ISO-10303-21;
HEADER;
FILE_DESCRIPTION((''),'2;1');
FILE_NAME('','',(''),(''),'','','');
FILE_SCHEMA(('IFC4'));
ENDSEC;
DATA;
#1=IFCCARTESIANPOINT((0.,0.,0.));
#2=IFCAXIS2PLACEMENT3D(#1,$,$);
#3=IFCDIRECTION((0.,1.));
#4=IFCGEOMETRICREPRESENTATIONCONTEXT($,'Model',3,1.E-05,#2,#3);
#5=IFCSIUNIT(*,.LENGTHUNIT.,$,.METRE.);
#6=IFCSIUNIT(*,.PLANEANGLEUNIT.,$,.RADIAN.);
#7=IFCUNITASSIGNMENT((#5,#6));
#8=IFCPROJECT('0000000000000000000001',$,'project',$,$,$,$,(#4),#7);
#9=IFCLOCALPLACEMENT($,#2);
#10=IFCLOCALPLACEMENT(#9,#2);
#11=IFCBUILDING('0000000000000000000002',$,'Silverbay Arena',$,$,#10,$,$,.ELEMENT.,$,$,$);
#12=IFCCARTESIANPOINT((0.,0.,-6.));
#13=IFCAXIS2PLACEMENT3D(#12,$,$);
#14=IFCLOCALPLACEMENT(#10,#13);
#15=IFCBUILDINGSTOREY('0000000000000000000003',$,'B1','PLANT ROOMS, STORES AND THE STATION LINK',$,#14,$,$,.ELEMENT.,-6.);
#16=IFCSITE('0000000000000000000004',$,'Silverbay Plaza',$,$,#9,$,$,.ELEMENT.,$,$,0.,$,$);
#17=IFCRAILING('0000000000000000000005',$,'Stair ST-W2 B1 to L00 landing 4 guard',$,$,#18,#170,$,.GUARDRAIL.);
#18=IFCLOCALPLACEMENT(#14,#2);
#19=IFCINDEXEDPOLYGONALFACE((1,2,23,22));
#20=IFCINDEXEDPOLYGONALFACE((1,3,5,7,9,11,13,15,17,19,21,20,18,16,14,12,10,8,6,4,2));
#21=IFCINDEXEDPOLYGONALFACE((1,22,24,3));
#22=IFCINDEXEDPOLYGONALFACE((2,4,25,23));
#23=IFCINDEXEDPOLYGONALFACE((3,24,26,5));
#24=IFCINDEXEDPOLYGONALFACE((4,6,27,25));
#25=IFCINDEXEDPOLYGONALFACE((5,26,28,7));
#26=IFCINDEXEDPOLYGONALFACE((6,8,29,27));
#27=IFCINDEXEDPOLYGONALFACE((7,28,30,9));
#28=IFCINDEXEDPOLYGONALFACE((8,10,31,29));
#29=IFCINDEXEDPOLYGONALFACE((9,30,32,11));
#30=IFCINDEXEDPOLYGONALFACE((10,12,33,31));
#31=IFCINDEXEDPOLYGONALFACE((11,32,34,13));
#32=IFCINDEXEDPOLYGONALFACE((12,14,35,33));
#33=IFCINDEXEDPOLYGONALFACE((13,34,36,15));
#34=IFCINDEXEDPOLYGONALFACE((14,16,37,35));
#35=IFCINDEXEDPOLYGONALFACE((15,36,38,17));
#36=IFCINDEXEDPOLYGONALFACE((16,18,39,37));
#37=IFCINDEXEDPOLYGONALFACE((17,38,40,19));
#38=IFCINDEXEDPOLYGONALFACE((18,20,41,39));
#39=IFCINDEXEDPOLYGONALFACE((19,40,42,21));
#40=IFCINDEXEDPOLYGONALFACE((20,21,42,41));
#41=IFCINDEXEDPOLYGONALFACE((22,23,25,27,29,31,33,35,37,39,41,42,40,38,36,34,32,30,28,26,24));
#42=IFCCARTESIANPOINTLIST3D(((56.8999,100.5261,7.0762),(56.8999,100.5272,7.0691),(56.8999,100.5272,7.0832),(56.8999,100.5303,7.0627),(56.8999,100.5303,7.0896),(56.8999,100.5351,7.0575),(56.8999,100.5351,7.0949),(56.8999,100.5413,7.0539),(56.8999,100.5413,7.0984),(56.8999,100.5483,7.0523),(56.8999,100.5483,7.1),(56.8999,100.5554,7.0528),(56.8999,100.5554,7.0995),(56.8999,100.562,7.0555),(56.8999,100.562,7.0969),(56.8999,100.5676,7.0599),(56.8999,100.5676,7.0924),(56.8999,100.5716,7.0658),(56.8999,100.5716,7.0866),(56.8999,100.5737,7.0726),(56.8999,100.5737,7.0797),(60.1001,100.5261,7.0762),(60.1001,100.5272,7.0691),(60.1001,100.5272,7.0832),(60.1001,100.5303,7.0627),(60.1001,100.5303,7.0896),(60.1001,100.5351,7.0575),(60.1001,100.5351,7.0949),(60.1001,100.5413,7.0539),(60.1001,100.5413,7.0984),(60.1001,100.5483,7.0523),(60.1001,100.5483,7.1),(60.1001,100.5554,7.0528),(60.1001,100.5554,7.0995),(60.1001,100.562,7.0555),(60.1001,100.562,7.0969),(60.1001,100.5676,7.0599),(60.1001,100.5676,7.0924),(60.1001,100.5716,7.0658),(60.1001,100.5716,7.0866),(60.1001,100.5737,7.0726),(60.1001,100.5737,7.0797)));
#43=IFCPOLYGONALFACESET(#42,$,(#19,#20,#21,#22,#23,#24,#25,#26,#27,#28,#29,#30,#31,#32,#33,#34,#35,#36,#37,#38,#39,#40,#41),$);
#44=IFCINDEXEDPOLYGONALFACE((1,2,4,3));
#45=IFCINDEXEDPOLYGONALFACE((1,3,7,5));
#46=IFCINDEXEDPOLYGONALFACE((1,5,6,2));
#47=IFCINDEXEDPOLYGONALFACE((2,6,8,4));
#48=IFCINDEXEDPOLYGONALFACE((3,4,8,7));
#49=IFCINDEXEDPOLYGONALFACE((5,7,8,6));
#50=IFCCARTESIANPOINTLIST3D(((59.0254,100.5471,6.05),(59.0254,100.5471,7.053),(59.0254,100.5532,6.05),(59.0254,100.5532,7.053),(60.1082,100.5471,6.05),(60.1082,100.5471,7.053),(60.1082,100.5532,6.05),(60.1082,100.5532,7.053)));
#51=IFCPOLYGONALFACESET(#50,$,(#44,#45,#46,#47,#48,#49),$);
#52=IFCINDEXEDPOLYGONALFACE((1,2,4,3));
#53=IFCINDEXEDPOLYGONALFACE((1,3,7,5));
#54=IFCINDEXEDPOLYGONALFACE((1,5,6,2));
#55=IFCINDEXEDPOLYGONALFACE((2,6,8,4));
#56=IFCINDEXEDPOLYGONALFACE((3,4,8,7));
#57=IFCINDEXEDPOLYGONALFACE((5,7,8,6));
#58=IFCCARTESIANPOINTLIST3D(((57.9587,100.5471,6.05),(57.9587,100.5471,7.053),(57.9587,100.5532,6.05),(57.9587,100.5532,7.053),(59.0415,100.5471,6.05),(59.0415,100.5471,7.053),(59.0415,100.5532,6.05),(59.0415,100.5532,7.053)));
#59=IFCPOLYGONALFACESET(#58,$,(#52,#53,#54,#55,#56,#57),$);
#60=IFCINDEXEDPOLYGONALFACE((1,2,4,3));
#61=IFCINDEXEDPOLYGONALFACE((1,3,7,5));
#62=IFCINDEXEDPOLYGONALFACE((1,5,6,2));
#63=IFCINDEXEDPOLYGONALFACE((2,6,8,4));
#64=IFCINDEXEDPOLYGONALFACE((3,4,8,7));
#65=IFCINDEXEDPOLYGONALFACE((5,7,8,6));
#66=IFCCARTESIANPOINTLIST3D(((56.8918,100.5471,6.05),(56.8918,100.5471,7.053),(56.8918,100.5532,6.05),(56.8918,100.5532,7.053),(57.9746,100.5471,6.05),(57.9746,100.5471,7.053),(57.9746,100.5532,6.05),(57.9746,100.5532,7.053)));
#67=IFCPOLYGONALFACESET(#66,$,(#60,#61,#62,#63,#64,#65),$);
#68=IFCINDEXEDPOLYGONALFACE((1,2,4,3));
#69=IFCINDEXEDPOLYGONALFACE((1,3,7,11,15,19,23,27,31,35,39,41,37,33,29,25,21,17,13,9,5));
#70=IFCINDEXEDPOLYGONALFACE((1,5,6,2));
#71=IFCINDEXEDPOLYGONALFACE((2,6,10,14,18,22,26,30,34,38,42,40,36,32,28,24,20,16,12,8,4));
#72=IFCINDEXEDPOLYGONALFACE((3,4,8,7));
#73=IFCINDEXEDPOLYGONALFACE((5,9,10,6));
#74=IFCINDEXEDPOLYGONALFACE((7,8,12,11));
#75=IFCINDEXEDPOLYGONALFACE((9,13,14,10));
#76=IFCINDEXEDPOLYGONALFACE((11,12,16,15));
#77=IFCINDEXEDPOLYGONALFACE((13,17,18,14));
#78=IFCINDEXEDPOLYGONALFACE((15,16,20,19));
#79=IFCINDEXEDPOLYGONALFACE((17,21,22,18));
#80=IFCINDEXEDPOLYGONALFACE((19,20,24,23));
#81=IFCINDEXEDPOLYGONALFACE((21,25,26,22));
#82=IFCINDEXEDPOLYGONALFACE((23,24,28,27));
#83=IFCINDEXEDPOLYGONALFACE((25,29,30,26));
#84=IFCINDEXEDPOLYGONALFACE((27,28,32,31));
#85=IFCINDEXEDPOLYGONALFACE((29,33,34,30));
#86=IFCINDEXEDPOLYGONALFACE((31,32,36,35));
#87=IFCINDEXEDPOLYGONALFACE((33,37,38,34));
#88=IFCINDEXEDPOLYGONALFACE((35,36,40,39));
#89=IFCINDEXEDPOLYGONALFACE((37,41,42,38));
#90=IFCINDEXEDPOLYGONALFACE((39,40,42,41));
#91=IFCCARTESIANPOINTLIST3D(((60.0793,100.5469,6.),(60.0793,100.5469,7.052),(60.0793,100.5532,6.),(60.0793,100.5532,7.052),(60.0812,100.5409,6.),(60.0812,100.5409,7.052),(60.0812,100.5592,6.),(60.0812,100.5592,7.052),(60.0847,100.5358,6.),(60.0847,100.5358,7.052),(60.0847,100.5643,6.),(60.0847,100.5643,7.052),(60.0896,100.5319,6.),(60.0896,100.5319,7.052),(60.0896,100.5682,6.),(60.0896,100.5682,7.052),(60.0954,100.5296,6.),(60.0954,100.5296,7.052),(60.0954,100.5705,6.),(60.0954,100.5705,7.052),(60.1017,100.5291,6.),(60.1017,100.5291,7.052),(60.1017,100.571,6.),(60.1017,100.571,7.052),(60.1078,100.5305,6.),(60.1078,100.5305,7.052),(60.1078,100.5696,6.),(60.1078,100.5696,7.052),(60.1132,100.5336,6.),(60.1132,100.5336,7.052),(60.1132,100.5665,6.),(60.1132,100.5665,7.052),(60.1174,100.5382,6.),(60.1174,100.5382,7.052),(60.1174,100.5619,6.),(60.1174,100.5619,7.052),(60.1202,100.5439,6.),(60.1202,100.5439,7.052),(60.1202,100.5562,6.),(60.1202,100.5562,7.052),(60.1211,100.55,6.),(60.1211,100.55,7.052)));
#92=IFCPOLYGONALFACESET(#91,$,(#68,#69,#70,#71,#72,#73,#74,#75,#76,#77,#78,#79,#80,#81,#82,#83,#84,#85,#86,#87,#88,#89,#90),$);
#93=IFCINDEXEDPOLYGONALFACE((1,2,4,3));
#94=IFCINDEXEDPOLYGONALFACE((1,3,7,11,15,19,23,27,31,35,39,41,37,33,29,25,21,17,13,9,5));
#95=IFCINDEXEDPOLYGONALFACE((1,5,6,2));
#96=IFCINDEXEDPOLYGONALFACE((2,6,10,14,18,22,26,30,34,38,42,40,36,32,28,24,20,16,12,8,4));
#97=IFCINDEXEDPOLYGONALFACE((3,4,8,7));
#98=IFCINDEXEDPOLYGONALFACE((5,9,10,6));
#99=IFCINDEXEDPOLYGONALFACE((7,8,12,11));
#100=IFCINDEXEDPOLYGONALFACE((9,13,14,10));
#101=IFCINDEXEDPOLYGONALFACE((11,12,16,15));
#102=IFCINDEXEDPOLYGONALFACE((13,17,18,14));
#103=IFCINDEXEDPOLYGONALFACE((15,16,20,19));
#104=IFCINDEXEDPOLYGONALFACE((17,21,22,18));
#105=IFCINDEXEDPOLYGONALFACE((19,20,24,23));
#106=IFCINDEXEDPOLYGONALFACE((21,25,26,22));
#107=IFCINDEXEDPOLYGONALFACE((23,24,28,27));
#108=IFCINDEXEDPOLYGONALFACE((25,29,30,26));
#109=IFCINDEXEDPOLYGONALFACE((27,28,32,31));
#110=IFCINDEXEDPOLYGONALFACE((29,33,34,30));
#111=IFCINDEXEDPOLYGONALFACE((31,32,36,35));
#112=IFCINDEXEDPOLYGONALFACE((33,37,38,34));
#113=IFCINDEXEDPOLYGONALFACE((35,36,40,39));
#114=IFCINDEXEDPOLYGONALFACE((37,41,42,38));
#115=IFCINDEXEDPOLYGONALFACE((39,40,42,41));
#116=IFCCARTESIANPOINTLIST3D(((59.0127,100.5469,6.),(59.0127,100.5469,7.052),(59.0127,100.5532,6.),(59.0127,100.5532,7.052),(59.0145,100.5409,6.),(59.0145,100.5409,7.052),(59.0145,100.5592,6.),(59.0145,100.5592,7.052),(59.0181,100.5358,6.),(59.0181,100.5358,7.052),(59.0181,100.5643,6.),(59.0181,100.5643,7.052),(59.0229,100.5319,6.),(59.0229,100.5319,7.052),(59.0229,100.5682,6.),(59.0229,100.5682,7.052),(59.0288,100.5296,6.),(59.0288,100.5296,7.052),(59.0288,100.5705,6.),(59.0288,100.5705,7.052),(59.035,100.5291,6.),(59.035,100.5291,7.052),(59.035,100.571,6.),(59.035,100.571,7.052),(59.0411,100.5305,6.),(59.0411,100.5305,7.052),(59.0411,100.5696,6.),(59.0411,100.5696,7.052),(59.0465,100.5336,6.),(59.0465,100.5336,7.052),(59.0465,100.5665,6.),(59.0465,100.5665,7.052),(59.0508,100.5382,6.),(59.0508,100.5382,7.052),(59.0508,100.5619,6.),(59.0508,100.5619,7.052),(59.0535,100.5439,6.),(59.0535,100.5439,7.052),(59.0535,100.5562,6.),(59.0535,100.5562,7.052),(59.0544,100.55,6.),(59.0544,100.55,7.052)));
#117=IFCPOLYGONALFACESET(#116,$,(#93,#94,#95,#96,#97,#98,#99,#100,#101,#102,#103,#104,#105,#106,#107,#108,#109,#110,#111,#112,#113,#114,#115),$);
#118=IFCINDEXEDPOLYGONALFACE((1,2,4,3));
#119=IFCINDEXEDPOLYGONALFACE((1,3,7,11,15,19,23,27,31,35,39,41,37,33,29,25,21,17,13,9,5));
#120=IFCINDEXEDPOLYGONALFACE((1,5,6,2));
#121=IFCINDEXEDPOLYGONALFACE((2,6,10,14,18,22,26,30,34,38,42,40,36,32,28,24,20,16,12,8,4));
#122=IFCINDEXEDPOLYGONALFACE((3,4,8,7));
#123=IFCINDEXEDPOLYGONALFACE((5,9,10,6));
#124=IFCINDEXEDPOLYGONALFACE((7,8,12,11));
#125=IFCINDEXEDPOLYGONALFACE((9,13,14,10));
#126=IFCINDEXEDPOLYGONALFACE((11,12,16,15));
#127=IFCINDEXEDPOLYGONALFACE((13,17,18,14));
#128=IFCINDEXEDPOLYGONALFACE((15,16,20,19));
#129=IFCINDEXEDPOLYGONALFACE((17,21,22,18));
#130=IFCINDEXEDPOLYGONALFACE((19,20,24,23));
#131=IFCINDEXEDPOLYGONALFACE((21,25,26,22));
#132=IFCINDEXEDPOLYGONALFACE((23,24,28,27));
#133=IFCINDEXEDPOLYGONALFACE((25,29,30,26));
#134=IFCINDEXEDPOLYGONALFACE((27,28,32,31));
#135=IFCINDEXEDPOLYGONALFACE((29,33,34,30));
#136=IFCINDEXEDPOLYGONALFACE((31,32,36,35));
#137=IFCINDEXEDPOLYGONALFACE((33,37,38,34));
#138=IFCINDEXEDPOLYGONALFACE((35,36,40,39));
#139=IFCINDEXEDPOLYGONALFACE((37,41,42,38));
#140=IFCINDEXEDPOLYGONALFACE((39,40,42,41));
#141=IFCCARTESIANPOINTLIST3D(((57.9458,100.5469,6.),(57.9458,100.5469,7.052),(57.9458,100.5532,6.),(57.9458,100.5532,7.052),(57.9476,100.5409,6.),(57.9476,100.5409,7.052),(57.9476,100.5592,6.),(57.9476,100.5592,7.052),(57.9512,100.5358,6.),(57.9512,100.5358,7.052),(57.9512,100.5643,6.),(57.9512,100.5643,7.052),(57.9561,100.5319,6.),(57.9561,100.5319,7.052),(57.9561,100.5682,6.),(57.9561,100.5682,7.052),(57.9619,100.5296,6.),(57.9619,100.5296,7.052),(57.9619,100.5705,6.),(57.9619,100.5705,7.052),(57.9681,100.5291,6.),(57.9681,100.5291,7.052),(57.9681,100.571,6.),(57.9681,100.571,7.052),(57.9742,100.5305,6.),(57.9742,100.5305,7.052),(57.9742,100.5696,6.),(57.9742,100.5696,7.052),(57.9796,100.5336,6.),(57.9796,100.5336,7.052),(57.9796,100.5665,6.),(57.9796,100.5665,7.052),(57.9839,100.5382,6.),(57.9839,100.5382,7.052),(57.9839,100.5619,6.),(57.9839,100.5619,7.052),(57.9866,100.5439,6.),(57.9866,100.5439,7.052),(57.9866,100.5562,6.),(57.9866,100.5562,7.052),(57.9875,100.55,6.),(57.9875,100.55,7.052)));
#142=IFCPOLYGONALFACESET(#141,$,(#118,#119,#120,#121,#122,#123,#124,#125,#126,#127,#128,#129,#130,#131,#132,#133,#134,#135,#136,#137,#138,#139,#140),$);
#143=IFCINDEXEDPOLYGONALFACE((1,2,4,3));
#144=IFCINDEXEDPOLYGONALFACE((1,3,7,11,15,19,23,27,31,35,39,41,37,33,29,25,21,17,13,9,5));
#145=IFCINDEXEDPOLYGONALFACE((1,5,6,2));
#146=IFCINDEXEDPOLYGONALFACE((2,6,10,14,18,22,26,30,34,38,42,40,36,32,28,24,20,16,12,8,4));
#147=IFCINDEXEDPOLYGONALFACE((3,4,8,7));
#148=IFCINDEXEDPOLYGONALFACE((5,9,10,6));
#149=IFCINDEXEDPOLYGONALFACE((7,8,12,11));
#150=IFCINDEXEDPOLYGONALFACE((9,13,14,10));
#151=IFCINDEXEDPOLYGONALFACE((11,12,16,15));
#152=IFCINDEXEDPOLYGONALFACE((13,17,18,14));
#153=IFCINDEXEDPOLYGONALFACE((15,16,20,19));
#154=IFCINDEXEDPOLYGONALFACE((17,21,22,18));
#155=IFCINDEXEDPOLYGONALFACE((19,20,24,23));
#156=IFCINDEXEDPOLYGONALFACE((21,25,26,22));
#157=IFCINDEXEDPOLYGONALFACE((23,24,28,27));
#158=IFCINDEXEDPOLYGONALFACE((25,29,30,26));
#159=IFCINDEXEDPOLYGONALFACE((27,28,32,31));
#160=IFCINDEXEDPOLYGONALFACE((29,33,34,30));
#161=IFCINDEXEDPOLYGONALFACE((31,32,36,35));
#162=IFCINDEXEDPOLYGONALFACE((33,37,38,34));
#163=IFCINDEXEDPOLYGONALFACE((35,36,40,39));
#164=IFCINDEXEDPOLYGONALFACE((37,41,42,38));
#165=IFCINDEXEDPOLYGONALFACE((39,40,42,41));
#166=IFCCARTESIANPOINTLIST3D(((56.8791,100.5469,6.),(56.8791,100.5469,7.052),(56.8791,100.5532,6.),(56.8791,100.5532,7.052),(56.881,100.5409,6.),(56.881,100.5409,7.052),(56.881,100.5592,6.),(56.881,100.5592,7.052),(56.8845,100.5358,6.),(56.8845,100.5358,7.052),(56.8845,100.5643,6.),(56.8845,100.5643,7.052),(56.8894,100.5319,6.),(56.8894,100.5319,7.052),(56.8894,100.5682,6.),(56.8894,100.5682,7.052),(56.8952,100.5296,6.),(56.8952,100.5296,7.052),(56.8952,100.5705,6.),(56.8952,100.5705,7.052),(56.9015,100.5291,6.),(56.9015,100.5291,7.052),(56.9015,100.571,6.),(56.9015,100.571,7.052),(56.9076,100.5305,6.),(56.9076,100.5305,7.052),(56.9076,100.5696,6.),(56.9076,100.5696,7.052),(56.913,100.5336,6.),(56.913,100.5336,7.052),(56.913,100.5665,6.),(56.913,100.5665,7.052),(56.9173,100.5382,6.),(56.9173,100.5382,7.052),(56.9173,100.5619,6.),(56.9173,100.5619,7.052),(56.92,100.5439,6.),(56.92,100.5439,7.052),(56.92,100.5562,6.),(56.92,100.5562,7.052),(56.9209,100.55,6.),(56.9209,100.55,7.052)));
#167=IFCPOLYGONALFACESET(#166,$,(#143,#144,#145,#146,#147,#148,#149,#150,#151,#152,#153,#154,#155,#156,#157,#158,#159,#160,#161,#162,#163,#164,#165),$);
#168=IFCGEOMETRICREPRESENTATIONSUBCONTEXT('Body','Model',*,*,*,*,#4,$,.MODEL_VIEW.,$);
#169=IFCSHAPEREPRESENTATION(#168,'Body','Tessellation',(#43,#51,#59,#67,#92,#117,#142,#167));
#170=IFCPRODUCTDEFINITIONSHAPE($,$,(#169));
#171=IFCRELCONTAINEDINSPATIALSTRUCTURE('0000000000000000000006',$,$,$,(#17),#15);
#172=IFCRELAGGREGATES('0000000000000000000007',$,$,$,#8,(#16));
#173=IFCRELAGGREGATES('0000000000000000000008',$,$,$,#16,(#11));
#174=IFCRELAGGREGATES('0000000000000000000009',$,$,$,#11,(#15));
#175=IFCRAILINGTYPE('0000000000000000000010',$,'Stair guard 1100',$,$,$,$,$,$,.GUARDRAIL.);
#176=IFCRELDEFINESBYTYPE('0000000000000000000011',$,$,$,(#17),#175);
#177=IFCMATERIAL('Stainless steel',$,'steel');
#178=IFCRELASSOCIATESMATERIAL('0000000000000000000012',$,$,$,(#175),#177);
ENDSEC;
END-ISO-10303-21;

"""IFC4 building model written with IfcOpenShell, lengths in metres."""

from ifc_helpers import new_model, si_unit, direction, frame, origin, origin_2d, place, context, subcontext, project, spatial, polyline, circle, outline, extrude, material, type_object, element, save


model = new_model("IFC4")

# Units and contexts
model_context = context("Model", 3, precision=1e-05, world=origin(), true_north=direction((0.0, 1.0)))
body_context = subcontext(model_context, "Body", "Model", "MODEL_VIEW")
ifc_project = project(units=[si_unit("LENGTHUNIT", "METRE"), si_unit("PLANEANGLEUNIT", "RADIAN")], contexts=[model_context])

# Site, building, storey
site_placement = place(None, origin())
site = spatial("IfcSite", under=ifc_project, at=site_placement, Name="Silverbay Plaza", CompositionType="ELEMENT", RefElevation=0.0)
building_placement = place(site_placement, origin())
building = spatial("IfcBuilding", under=site, at=building_placement, Name="Silverbay Arena", CompositionType="ELEMENT")
storey_placement = place(building_placement, frame((0.0, 0.0, -6.0)))
storey = spatial("IfcBuildingStorey", under=building, at=storey_placement, Name="B1", Description="PLANT ROOMS, STORES AND THE STATION LINK", CompositionType="ELEMENT", Elevation=-6.0)

# Railing
ifc_material_1 = material(Name="Stainless steel", Category="steel")
railing_type_1 = type_object("IfcRailingType", Name="Stair guard 1100", PredefinedType="GUARDRAIL", material=ifc_material_1)
for number, where, name in (
    (1, (60.1001, 100.55, 6.0), "Stair ST-W2 B1 to L00 landing 4 guard"),
):
    element("IfcRailing", number, at=place(storey_placement, frame(where)), inside=storey, type_object=railing_type_1, Name=name, PredefinedType="GUARDRAIL", context=body_context, shape_type="SweptSolid", body=[
        extrude(circle(Radius=0.0239, at=origin_2d()), frame((0.0, 0.0, 1.0762), z_axis=(-1.0, 0.0, 0.0), x_axis=(0.0, -1.0, 0.0)), (0.0, 0.0, 1.0), 3.2002),
        extrude(outline(polyline([(-0.0081, 0.05), (1.0747, 0.05), (1.0747, 1.053), (-0.0081, 1.053), (-0.0081, 0.05)])), frame((0.0, -0.0029, 0.0), z_axis=(0.0, 1.0, 0.0), x_axis=(-1.0, 0.0, 0.0)), (0.0, 0.0, 1.0), 0.0061),
        extrude(outline(polyline([(-0.0081, 0.05), (1.0747, 0.05), (1.0747, 1.053), (-0.0081, 1.053), (-0.0081, 0.05)])), frame((-1.0667, -0.0029, 0.0), z_axis=(0.0, 1.0, 0.0), x_axis=(-1.0, 0.0, 0.0)), (0.0, 0.0, 1.0), 0.0061),
        extrude(outline(polyline([(-0.0081, 0.05), (1.0747, 0.05), (1.0747, 1.053), (-0.0081, 1.053), (-0.0081, 0.05)])), frame((-2.1335, -0.0029, 0.0), z_axis=(0.0, 1.0, 0.0), x_axis=(-1.0, 0.0, 0.0)), (0.0, 0.0, 1.0), 0.0061),
        extrude(circle(Radius=0.021, at=origin_2d()), origin(), (0.0, 0.0, 1.0), 1.052),
        extrude(circle(Radius=0.021, at=origin_2d()), frame((-1.0667, 0.0, 0.0)), (0.0, 0.0, 1.0), 1.052),
        extrude(circle(Radius=0.021, at=origin_2d()), frame((-2.1335, 0.0, 0.0)), (0.0, 0.0, 1.0), 1.052),
        extrude(circle(Radius=0.021, at=origin_2d()), frame((-3.2002, 0.0, 0.0)), (0.0, 0.0, 1.0), 1.052),
    ])

save(model, "model.ifc")
